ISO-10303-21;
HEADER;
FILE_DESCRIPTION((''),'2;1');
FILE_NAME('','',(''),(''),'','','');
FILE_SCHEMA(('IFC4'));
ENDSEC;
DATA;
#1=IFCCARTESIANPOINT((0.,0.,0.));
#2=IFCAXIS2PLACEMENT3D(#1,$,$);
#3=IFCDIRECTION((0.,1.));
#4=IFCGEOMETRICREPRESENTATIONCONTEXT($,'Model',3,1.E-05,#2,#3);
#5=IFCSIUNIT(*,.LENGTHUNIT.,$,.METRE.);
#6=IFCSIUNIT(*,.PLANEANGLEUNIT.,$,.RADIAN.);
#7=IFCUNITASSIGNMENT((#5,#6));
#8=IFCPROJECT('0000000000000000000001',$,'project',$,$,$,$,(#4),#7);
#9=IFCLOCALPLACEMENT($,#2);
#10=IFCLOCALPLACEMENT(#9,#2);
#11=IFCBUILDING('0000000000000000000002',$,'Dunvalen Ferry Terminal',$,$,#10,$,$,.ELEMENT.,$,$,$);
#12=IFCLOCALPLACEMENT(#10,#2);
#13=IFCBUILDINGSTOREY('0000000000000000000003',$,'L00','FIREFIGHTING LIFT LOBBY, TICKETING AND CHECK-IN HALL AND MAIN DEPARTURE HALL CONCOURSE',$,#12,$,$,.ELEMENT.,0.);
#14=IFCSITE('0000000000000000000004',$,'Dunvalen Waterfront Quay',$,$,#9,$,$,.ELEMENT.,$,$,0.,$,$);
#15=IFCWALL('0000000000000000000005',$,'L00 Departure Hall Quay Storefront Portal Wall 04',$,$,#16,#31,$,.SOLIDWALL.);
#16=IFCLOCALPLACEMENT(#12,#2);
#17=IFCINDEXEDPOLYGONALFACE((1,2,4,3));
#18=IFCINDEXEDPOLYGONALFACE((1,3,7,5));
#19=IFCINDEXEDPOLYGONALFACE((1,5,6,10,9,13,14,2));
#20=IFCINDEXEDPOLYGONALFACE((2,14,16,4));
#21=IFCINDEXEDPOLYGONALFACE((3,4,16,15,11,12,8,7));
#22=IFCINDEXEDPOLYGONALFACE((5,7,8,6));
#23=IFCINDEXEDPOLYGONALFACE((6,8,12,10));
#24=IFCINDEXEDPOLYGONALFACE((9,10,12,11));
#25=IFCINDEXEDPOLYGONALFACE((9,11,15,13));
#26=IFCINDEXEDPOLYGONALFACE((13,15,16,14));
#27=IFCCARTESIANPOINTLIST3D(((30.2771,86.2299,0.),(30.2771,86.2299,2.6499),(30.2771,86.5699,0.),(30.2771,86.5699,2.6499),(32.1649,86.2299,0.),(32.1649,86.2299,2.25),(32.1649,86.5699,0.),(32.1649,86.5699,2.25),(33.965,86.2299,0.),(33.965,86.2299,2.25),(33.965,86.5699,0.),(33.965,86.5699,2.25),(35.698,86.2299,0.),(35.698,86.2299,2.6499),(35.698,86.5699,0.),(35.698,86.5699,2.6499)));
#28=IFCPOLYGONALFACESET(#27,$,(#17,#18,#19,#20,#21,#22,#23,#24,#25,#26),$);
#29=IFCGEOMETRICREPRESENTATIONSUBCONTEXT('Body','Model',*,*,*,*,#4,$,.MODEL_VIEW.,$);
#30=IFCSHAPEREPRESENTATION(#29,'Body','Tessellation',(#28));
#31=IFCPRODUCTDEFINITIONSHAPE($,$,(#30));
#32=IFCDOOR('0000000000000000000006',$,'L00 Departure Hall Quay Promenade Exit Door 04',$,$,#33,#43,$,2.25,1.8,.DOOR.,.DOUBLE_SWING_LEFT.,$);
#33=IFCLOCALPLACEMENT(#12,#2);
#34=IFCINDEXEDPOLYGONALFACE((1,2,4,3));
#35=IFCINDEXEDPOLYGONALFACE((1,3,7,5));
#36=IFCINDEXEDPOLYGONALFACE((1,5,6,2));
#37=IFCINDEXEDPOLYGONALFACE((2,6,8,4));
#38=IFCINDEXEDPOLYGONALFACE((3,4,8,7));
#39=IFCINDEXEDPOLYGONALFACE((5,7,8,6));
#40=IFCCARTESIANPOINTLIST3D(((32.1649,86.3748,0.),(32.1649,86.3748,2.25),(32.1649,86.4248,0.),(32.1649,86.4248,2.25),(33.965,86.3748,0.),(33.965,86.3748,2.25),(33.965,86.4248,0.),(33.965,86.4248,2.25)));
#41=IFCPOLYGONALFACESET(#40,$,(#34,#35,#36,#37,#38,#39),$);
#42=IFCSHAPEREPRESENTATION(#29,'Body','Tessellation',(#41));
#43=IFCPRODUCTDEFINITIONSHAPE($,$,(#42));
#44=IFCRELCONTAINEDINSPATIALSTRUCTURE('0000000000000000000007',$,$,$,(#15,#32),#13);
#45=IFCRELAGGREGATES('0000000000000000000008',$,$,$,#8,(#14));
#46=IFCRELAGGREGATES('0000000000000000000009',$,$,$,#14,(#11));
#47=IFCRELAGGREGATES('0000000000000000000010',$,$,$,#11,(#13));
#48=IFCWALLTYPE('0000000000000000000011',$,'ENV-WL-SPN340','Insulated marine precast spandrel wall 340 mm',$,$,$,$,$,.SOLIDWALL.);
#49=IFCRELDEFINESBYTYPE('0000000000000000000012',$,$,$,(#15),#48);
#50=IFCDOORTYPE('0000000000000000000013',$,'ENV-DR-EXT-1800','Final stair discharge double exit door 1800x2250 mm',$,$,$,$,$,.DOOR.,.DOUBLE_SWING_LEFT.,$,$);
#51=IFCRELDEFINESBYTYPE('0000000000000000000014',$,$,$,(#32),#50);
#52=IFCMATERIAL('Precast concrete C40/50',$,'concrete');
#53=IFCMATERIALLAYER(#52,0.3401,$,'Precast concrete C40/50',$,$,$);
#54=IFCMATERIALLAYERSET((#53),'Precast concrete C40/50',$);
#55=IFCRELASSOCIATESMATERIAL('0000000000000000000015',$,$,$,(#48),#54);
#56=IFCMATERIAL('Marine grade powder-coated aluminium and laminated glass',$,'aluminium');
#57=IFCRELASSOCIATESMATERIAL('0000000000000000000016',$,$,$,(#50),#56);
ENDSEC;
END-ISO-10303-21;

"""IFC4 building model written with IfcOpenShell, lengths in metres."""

from ifc_helpers import new_model, si_unit, direction, frame, frame_2d, origin, place, context, subcontext, project, spatial, rectangle, extrude, material, layer, layer_set, type_object, element, fill, save


model = new_model("IFC4")

# Units and contexts
model_context = context("Model", 3, precision=1e-05, world=origin(), true_north=direction((0.0, 1.0)))
body_context = subcontext(model_context, "Body", "Model", "MODEL_VIEW")
ifc_project = project(units=[si_unit("LENGTHUNIT", "METRE"), si_unit("PLANEANGLEUNIT", "RADIAN")], contexts=[model_context])

# Site, building, storey
site_placement = place(None, origin())
site = spatial("IfcSite", under=ifc_project, at=site_placement, Name="Dunvalen Waterfront Quay", CompositionType="ELEMENT", RefElevation=0.0)
building_placement = place(site_placement, origin())
building = spatial("IfcBuilding", under=site, at=building_placement, Name="Dunvalen Ferry Terminal", CompositionType="ELEMENT")
storey_placement = place(building_placement, origin())
storey = spatial("IfcBuildingStorey", under=building, at=storey_placement, Name="L00", Description="FIREFIGHTING LIFT LOBBY, TICKETING AND CHECK-IN HALL AND MAIN DEPARTURE HALL CONCOURSE", CompositionType="ELEMENT", Elevation=0.0)

# Wall, opening, door
ifc_material_1 = material(Name="Precast concrete C40/50", Category="concrete")
ifc_layer_1 = layer(ifc_material_1, 0.3401, Name="Precast concrete C40/50")
ifc_layer_set_1 = layer_set([ifc_layer_1], Name="Precast concrete C40/50")
wall_type = type_object("IfcWallType", Name="ENV-WL-SPN340", Description="Insulated marine precast spandrel wall 340 mm", PredefinedType="SOLIDWALL", material=ifc_layer_set_1)
wall_placement = place(storey_placement, frame((30.2771, 86.3999, 0.0), z_axis=(0.0, 0.0, 1.0), x_axis=(1.0, 0.0, 0.0)))
wall = element("IfcWall", 1, at=wall_placement, inside=storey, type_object=wall_type, Name="L00 Departure Hall Quay Storefront Portal Wall 04", PredefinedType="SOLIDWALL", context=body_context, shape_type="SweptSolid", body=[
    extrude(rectangle(XDim=5.4209, YDim=0.3401, at=frame_2d((2.7104, 0.0))), origin(), (0.0, 0.0, 1.0), 2.6499),
])
opening_placement = place(wall_placement, frame((1.8879, 0.0, 0.0)))
opening = element("IfcOpeningElement", 2, at=opening_placement, cuts=wall, PredefinedType="OPENING", context=body_context, shape_type="SweptSolid", body=[
    extrude(rectangle(XDim=1.8, YDim=2.25, at=frame_2d((0.8999, 1.125))), frame((0.0, 0.1802, 0.0), z_axis=(0.0, -1.0, 0.0), x_axis=(1.0, 0.0, 0.0)), (0.0, 0.0, 1.0), 0.3601),
])
ifc_material_2 = material(Name="Marine grade powder-coated aluminium and laminated glass", Category="aluminium")
door_type = type_object("IfcDoorType", Name="ENV-DR-EXT-1800", Description="Final stair discharge double exit door 1800x2250 mm", OperationType="DOUBLE_SWING_LEFT", PredefinedType="DOOR", material=ifc_material_2)
door_placement = place(opening_placement, origin())
door = element("IfcDoor", 3, at=door_placement, inside=storey, type_object=door_type, Name="L00 Departure Hall Quay Promenade Exit Door 04", OperationType="DOUBLE_SWING_LEFT", OverallHeight=2.25, OverallWidth=1.8, PredefinedType="DOOR", context=body_context, shape_type="SweptSolid", body=[
    extrude(rectangle(XDim=1.8, YDim=2.25, at=frame_2d((0.8999, 1.125))), frame((0.0, 0.0249, 0.0), z_axis=(0.0, -1.0, 0.0), x_axis=(1.0, 0.0, 0.0)), (0.0, 0.0, 1.0), 0.05),
])
fill(opening, door)

save(model, "model.ifc")
